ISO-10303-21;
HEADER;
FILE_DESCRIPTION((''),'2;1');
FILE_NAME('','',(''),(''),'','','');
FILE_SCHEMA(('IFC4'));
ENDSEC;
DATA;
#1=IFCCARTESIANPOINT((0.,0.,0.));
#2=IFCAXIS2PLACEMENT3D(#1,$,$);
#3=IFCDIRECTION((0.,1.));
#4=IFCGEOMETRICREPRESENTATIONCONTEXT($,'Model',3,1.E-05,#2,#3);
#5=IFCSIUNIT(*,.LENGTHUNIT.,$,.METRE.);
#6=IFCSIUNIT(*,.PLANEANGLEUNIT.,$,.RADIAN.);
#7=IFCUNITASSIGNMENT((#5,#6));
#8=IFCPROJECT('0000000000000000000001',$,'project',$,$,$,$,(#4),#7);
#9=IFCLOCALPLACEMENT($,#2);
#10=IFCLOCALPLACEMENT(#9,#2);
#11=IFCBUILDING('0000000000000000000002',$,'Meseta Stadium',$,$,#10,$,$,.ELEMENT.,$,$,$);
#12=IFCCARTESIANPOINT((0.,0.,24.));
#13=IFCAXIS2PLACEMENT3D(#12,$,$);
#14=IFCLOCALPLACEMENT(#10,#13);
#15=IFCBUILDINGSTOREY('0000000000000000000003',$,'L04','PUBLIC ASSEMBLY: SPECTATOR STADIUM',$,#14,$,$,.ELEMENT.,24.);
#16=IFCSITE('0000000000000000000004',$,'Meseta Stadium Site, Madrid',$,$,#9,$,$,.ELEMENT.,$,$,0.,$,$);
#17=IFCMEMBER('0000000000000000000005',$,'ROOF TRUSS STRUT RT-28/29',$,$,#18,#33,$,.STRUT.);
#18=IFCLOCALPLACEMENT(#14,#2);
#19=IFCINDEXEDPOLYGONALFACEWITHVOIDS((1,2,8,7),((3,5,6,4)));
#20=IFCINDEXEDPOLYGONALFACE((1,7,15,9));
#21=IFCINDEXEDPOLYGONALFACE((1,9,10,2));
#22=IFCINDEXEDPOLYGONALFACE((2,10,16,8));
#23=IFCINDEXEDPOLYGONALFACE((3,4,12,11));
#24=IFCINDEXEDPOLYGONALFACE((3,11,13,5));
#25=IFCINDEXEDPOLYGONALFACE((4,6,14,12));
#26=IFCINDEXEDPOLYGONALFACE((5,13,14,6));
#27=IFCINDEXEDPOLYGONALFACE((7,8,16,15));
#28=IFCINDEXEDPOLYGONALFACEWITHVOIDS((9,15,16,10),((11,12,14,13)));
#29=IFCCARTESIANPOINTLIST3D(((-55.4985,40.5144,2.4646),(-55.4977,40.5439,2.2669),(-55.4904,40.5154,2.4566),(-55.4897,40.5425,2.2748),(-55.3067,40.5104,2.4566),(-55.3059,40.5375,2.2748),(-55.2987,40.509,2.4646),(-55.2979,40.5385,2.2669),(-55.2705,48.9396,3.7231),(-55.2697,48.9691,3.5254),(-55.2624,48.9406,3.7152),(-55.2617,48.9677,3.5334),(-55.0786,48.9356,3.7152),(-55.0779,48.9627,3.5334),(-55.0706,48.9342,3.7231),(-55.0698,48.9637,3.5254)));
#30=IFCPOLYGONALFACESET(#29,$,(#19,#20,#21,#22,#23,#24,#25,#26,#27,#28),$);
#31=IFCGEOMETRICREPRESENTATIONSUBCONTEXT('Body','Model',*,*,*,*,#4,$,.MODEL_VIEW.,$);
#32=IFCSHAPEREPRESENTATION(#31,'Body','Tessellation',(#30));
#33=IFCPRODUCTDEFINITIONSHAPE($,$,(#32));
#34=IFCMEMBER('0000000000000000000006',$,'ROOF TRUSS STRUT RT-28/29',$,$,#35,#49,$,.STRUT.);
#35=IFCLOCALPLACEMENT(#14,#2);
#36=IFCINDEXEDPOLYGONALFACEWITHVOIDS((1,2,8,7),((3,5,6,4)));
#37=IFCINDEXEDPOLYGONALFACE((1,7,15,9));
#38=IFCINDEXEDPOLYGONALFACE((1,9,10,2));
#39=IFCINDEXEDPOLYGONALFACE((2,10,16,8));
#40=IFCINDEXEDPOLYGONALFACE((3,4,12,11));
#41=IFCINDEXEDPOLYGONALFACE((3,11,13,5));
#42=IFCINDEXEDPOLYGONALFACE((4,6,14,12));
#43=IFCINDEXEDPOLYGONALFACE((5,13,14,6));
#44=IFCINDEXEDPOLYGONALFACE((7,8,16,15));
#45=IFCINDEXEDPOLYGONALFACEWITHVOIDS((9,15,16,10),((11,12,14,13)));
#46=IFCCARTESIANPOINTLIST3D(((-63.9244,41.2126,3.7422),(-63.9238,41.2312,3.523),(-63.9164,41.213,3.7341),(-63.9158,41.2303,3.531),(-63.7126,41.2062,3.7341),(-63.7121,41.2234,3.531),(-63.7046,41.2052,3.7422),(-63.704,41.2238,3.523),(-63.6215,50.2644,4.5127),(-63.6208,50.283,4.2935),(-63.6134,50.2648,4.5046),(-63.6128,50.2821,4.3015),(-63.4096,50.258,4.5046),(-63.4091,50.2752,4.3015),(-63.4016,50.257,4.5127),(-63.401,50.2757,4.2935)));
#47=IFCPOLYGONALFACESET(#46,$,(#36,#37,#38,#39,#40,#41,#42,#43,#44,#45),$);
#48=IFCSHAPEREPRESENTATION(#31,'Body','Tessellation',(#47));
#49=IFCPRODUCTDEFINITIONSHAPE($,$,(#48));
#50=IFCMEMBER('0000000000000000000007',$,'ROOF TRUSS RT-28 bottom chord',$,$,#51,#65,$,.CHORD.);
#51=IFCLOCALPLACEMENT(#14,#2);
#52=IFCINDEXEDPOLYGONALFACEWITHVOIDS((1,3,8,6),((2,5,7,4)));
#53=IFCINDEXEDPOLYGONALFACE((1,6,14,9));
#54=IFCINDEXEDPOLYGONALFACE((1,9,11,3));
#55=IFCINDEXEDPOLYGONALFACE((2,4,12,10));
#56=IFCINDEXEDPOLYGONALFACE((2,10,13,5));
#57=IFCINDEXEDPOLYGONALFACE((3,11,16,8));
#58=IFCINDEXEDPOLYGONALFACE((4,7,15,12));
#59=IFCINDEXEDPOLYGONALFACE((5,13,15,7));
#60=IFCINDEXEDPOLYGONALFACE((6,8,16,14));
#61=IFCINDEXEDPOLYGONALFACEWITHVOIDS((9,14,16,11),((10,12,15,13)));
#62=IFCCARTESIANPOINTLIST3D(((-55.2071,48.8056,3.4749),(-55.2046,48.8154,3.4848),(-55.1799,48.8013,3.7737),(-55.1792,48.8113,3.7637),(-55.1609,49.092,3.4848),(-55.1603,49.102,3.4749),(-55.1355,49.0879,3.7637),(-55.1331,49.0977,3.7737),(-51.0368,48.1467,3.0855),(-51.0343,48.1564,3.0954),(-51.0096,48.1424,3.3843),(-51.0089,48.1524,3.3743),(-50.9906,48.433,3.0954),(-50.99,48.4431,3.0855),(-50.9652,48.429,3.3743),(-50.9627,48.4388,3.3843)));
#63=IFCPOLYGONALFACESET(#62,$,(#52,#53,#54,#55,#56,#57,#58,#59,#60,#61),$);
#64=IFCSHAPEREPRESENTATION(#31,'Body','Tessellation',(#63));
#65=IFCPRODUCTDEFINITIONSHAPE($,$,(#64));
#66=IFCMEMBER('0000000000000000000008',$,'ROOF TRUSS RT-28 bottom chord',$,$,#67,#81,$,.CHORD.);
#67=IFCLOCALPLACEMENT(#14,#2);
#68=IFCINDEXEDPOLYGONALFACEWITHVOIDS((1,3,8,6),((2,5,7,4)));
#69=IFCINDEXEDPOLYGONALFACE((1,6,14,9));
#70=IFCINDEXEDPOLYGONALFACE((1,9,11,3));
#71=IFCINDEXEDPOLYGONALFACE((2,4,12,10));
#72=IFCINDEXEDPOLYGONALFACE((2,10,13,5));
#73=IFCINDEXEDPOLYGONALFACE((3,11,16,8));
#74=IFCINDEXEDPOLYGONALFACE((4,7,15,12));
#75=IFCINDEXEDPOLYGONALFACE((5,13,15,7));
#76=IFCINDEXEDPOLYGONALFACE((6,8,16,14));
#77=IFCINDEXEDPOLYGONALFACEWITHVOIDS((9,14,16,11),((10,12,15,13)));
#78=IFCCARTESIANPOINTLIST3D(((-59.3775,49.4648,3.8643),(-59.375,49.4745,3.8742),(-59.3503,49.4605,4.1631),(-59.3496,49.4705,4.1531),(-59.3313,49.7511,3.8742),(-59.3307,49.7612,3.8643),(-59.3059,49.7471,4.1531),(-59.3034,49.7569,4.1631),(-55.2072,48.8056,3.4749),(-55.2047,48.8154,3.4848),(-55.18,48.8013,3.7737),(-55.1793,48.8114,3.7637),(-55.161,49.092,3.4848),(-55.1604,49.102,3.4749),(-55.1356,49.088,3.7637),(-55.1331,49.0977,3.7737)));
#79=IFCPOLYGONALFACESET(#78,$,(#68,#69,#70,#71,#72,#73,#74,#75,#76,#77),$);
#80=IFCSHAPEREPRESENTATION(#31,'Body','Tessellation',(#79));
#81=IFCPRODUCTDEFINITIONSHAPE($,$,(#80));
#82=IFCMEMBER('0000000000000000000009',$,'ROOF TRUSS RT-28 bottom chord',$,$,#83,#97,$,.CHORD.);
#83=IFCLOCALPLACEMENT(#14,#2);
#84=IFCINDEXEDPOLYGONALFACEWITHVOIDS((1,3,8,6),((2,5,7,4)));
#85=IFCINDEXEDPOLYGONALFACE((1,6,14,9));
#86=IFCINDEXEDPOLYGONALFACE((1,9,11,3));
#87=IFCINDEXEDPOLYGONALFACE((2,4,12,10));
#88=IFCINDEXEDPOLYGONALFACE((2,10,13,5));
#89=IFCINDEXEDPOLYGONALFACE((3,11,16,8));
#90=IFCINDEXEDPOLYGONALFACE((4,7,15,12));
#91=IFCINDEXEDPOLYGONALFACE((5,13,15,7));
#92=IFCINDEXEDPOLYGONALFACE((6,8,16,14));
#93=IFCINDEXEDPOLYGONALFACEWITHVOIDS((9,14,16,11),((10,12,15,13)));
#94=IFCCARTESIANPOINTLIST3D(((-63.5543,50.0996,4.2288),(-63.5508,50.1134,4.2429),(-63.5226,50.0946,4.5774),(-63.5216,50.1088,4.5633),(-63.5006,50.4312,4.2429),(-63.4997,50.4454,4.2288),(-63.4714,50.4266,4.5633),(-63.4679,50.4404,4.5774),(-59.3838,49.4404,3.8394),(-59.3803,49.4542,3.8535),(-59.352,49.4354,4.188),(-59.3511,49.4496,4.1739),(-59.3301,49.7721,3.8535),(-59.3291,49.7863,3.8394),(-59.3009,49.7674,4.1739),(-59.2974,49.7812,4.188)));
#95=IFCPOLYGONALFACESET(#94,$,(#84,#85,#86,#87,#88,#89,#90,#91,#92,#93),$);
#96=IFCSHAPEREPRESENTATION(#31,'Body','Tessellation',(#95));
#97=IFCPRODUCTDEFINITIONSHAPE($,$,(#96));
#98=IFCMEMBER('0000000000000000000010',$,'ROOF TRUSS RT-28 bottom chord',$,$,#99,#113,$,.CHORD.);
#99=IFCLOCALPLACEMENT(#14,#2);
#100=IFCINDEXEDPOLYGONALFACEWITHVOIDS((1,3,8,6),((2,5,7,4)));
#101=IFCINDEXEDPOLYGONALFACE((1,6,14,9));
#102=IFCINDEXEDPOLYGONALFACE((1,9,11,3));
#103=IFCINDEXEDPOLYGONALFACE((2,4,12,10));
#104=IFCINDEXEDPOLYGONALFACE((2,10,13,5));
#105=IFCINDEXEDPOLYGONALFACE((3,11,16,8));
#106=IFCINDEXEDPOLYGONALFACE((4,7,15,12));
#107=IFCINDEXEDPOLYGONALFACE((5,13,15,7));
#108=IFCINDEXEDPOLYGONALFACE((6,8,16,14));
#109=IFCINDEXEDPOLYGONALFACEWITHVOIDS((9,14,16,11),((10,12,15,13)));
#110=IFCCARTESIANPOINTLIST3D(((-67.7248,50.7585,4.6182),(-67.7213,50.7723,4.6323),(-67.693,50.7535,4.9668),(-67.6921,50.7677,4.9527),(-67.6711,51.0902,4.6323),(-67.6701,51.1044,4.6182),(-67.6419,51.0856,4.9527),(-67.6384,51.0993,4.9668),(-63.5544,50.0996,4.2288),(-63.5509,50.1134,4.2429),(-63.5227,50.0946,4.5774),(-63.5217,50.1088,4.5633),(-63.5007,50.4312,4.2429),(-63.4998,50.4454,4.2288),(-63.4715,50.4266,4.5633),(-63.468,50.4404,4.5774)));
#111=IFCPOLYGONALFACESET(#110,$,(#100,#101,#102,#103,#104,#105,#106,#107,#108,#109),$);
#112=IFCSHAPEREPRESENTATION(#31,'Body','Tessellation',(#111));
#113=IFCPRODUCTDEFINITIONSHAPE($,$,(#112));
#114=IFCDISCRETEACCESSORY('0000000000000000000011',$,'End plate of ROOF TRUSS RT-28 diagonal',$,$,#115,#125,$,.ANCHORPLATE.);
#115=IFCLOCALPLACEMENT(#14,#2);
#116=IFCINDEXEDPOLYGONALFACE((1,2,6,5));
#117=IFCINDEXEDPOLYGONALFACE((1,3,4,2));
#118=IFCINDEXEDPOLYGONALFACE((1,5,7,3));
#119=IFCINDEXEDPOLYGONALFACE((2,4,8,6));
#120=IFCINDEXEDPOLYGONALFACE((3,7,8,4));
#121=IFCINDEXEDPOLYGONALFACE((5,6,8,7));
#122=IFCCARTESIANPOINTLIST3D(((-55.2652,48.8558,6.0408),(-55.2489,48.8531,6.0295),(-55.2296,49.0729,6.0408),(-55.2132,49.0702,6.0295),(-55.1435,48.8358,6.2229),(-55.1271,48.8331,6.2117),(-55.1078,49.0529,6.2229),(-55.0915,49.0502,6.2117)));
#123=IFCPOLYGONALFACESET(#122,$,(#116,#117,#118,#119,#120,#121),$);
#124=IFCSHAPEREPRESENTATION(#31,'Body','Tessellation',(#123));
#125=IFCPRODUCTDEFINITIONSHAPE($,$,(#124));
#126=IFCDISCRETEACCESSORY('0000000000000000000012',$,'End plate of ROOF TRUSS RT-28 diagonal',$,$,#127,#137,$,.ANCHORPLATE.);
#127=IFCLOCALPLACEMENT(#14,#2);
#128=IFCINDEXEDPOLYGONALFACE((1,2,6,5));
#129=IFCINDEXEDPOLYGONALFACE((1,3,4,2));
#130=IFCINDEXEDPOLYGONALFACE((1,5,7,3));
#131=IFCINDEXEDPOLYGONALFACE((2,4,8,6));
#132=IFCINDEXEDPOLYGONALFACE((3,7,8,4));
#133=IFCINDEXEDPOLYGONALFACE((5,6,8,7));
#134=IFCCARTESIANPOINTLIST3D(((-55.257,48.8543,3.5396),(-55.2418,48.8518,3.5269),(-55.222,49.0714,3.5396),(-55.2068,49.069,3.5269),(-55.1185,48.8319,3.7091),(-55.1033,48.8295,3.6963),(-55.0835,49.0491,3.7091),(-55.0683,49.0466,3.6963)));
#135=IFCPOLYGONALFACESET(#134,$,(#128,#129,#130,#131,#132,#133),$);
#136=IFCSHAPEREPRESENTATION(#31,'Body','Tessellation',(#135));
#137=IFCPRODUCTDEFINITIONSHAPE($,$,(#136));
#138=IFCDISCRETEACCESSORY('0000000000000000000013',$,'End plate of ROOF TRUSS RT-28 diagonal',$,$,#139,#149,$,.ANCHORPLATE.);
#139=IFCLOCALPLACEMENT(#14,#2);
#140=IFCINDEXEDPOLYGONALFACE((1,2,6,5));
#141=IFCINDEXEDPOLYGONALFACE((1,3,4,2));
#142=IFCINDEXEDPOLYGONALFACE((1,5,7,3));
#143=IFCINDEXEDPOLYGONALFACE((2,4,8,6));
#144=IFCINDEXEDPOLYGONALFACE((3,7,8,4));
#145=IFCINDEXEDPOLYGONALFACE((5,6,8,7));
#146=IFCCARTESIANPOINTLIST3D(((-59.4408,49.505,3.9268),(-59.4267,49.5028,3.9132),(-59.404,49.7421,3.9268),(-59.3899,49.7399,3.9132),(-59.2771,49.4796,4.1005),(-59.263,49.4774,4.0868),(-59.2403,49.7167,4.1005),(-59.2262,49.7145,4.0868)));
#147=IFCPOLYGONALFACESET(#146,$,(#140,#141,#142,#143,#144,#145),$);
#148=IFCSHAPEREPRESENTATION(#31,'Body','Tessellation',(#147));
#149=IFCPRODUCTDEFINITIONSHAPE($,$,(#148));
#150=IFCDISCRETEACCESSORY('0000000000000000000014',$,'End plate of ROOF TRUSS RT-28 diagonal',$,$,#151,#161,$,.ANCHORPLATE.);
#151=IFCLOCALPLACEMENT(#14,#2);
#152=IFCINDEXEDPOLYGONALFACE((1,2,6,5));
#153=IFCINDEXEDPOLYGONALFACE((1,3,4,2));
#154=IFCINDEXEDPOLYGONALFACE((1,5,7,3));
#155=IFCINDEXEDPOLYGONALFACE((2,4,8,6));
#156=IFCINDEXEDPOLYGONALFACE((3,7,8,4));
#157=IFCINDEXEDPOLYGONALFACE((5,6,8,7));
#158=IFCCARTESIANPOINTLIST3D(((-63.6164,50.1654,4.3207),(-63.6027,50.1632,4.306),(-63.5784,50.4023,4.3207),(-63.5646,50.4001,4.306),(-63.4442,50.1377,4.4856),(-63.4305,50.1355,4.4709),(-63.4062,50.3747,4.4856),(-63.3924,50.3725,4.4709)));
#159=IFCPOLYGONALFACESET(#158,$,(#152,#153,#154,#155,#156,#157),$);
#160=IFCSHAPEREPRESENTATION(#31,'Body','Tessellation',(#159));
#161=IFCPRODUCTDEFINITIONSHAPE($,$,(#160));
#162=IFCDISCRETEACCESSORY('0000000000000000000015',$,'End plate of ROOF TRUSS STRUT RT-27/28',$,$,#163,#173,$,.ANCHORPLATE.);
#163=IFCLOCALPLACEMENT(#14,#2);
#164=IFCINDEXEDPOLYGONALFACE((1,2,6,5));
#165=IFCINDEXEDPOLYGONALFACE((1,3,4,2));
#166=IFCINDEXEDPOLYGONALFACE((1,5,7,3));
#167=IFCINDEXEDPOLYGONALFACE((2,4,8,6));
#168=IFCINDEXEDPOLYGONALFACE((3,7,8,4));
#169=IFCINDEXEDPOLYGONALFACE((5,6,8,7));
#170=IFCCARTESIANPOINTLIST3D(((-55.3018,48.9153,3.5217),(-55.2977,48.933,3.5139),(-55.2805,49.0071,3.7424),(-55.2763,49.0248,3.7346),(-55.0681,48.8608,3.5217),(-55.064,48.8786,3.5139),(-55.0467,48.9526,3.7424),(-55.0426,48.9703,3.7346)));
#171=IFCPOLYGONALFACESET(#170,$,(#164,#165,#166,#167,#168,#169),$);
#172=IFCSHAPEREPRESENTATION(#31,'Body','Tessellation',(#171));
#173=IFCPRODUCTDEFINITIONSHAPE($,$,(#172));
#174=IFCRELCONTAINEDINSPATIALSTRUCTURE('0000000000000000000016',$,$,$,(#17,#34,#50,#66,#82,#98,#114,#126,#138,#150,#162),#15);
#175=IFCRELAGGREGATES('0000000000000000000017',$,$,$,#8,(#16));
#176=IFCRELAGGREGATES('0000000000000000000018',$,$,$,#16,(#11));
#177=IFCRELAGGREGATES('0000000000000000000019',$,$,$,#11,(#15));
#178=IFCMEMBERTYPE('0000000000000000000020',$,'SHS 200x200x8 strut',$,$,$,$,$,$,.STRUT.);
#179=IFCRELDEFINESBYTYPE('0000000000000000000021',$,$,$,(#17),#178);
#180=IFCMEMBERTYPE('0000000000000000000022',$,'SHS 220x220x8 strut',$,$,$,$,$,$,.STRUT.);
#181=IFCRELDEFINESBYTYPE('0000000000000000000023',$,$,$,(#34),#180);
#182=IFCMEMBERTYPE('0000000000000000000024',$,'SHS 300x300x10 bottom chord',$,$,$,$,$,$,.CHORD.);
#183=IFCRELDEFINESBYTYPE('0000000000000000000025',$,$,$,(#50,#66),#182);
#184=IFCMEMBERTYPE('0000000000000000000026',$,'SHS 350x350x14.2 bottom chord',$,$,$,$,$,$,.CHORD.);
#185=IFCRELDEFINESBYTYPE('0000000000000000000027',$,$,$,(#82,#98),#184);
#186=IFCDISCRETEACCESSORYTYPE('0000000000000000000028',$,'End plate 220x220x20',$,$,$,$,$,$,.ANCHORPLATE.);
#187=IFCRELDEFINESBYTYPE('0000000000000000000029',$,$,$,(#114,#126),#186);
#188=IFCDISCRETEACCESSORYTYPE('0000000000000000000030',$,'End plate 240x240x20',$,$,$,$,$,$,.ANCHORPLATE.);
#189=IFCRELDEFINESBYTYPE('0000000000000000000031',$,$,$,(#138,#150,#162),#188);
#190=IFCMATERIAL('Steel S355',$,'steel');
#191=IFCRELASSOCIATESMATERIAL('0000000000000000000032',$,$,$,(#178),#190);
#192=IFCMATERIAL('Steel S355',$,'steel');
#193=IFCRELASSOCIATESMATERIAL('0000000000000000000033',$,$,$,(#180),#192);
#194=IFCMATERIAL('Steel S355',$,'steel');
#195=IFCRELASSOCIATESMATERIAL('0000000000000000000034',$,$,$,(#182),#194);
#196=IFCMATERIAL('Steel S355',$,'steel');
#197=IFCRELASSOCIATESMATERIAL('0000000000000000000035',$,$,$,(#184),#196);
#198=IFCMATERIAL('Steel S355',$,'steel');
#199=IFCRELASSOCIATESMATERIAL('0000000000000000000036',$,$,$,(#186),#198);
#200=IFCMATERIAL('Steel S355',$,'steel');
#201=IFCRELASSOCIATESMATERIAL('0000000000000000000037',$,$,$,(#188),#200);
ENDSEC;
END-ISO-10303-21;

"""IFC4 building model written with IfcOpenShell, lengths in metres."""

from ifc_helpers import new_model, si_unit, direction, frame, origin, origin_2d, place, context, subcontext, project, spatial, rectangle, hollow_rectangle, extrude, material, material_profile, profile_set, type_object, element, save


model = new_model("IFC4")

# Units and contexts
model_context = context("Model", 3, precision=1e-05, world=origin(), true_north=direction((0.0, 1.0)))
body_context = subcontext(model_context, "Body", "Model", "MODEL_VIEW")
ifc_project = project(units=[si_unit("LENGTHUNIT", "METRE"), si_unit("PLANEANGLEUNIT", "RADIAN")], contexts=[model_context])

# Site, building, storey
site_placement = place(None, origin())
site = spatial("IfcSite", under=ifc_project, at=site_placement, Name="Meseta Stadium Site, Madrid", CompositionType="ELEMENT", RefElevation=0.0)
building_placement = place(site_placement, origin())
building = spatial("IfcBuilding", under=site, at=building_placement, Name="Meseta Stadium", CompositionType="ELEMENT")
storey_placement = place(building_placement, frame((0.0, 0.0, 24.0)))
storey = spatial("IfcBuildingStorey", under=building, at=storey_placement, Name="L04", Description="PUBLIC ASSEMBLY: SPECTATOR STADIUM", CompositionType="ELEMENT", Elevation=24.0)

# Members
ifc_material_1 = material(Name="Steel S355", Category="steel")
ifc_material_profile_1 = material_profile(ifc_material_1, hollow_rectangle(XDim=0.2, YDim=0.2, WallThickness=0.0081, at=origin_2d()), Name="SHS 200x200x8")
ifc_profile_set_1 = profile_set([ifc_material_profile_1], Name="Steel S355")
member_type_1 = type_object("IfcMemberType", Name="SHS 200x200x8 strut", PredefinedType="STRUT", material=ifc_profile_set_1)
member_1_placement = place(storey_placement, frame((-55.1702, 48.9517, 3.6243), z_axis=(-0.026758, -0.988672, -0.147685), x_axis=(0.999634, -0.027055, 0.0)))
element("IfcMember", 1, at=member_1_placement, inside=storey, type_object=member_type_1, Name="ROOF TRUSS STRUT RT-28/29", PredefinedType="STRUT", context=body_context, shape_type="SweptSolid", body=[
    extrude(hollow_rectangle(XDim=0.2, YDim=0.2, WallThickness=0.0081, at=origin_2d()), origin(), (0.0, 0.0, 1.0), 8.5217),
])
ifc_material_2 = material(Name="Steel S355", Category="steel")
ifc_material_profile_2 = material_profile(ifc_material_2, hollow_rectangle(XDim=0.22, YDim=0.22, WallThickness=0.0081, at=origin_2d()), Name="SHS 220x220x8")
ifc_profile_set_2 = profile_set([ifc_material_profile_2], Name="Steel S355")
member_type_2 = type_object("IfcMemberType", Name="SHS 220x220x8 strut", PredefinedType="STRUT", material=ifc_profile_set_2)
member_2_placement = place(storey_placement, frame((-63.5112, 50.27, 4.4031), z_axis=(-0.033333, -0.995843, -0.084769), x_axis=(0.99944, -0.033453, 0.0)))
element("IfcMember", 2, at=member_2_placement, inside=storey, type_object=member_type_2, Name="ROOF TRUSS STRUT RT-28/29", PredefinedType="STRUT", context=body_context, shape_type="SweptSolid", body=[
    extrude(hollow_rectangle(XDim=0.22, YDim=0.22, WallThickness=0.0081, at=origin_2d()), origin(), (0.0, 0.0, 1.0), 9.0896),
])
ifc_material_3 = material(Name="Steel S355", Category="steel")
ifc_material_profile_3 = material_profile(ifc_material_3, hollow_rectangle(XDim=0.3, YDim=0.3, WallThickness=0.01, at=origin_2d()), Name="SHS 300x300x10")
ifc_profile_set_3 = profile_set([ifc_material_profile_3], Name="Steel S355")
member_type_3 = type_object("IfcMemberType", Name="SHS 300x300x10 bottom chord", PredefinedType="CHORD", material=ifc_profile_set_3)
for number, where, z_axis, x_axis, name in (
    (3, (-50.9998, 48.2927, 3.2349), (-0.983572, 0.155407, 0.091839), (-0.156066, -0.987747, 0.0), "ROOF TRUSS RT-28 bottom chord"),
    (4, (-55.1702, 48.9517, 3.6243), (-0.983563, 0.155463, 0.091838), (-0.156123, -0.987738, 0.0), "ROOF TRUSS RT-28 bottom chord"),
):
    element("IfcMember", number, at=place(storey_placement, frame(where, z_axis=z_axis, x_axis=x_axis)), inside=storey, type_object=member_type_3, Name=name, PredefinedType="CHORD", context=body_context, shape_type="SweptSolid", body=[
        extrude(hollow_rectangle(XDim=0.3, YDim=0.3, WallThickness=0.01, at=origin_2d()), origin(), (0.0, 0.0, 1.0), 4.24),
    ])
ifc_material_4 = material(Name="Steel S355", Category="steel")
ifc_material_profile_4 = material_profile(ifc_material_4, hollow_rectangle(XDim=0.3501, YDim=0.3501, WallThickness=0.0142, at=origin_2d()), Name="SHS 350x350x14.2")
ifc_profile_set_4 = profile_set([ifc_material_profile_4], Name="Steel S355")
member_type_4 = type_object("IfcMemberType", Name="SHS 350x350x14.2 bottom chord", PredefinedType="CHORD", material=ifc_profile_set_4)
member_3_placement = place(storey_placement, frame((-59.3406, 49.6108, 4.0137), z_axis=(-0.983565, 0.155454, 0.091833), x_axis=(-0.156114, -0.987739, 0.0)))
element("IfcMember", 5, at=member_3_placement, inside=storey, type_object=member_type_4, Name="ROOF TRUSS RT-28 bottom chord", PredefinedType="CHORD", context=body_context, shape_type="SweptSolid", body=[
    extrude(hollow_rectangle(XDim=0.3501, YDim=0.3501, WallThickness=0.0142, at=origin_2d()), origin(), (0.0, 0.0, 1.0), 4.2402),
])
member_4_placement = place(storey_placement, frame((-63.5112, 50.27, 4.4031), z_axis=(-0.983572, 0.155407, 0.091839), x_axis=(-0.156066, -0.987747, 0.0)))
element("IfcMember", 6, at=member_4_placement, inside=storey, type_object=member_type_4, Name="ROOF TRUSS RT-28 bottom chord", PredefinedType="CHORD", context=body_context, shape_type="SweptSolid", body=[
    extrude(hollow_rectangle(XDim=0.3501, YDim=0.3501, WallThickness=0.0142, at=origin_2d()), origin(), (0.0, 0.0, 1.0), 4.24),
])

# Discrete accessories
ifc_material_5 = material(Name="Steel S355", Category="steel")
ifc_material_profile_5 = material_profile(ifc_material_5, rectangle(XDim=0.22, YDim=0.22, at=origin_2d()), Name="PL 220x220")
ifc_profile_set_5 = profile_set([ifc_material_profile_5], Name="Steel S355")
discrete_accessory_type_1 = type_object("IfcDiscreteAccessoryType", Name="End plate 220x220x20", PredefinedType="ANCHORPLATE", material=ifc_profile_set_5)
for number, where, z_axis, x_axis, name in (
    (7, (-55.1702, 48.9517, 6.1206), (-0.816952, 0.134126, 0.560892), (-0.16201, -0.986789, 0.0), "End plate of ROOF TRUSS RT-28 diagonal"),
    (8, (-55.155, 48.9492, 3.6116), (-0.760407, 0.122646, 0.637761), (-0.159232, -0.987241, 0.0), "End plate of ROOF TRUSS RT-28 diagonal"),
):
    element("IfcDiscreteAccessory", number, at=place(storey_placement, frame(where, z_axis=z_axis, x_axis=x_axis)), inside=storey, type_object=discrete_accessory_type_1, Name=name, PredefinedType="ANCHORPLATE", context=body_context, shape_type="SweptSolid", body=[
        extrude(rectangle(XDim=0.22, YDim=0.22, at=origin_2d()), origin(), (0.0, 0.0, 1.0), 0.02),
    ])
ifc_material_6 = material(Name="Steel S355", Category="steel")
ifc_material_profile_6 = material_profile(ifc_material_6, rectangle(XDim=0.24, YDim=0.24, at=origin_2d()), Name="PL 240x240")
ifc_profile_set_6 = profile_set([ifc_material_profile_6], Name="Steel S355")
discrete_accessory_type_2 = type_object("IfcDiscreteAccessoryType", Name="End plate 240x240x20", PredefinedType="ANCHORPLATE", material=ifc_profile_set_6)
discrete_accessory_1_placement = place(storey_placement, frame((-59.3264, 49.6086, 4.0), z_axis=(-0.71496, 0.110942, 0.690307), x_axis=(-0.153337, -0.988174, 0.0)))
element("IfcDiscreteAccessory", 9, at=discrete_accessory_1_placement, inside=storey, type_object=discrete_accessory_type_2, Name="End plate of ROOF TRUSS RT-28 diagonal", PredefinedType="ANCHORPLATE", context=body_context, shape_type="SweptSolid", body=[
    extrude(rectangle(XDim=0.24, YDim=0.24, at=origin_2d()), origin(), (0.0, 0.0, 1.0), 0.0198),
])
discrete_accessory_2_placement = place(storey_placement, frame((-63.4976, 50.2678, 4.3884), z_axis=(-0.678252, 0.109005, 0.726699), x_axis=(-0.158678, -0.98733, 0.0)))
element("IfcDiscreteAccessory", 10, at=discrete_accessory_2_placement, inside=storey, type_object=discrete_accessory_type_2, Name="End plate of ROOF TRUSS RT-28 diagonal", PredefinedType="ANCHORPLATE", context=body_context, shape_type="SweptSolid", body=[
    extrude(rectangle(XDim=0.24, YDim=0.24, at=origin_2d()), origin(), (0.0, 0.0, 1.0), 0.0203),
])
discrete_accessory_3_placement = place(storey_placement, frame((-55.1702, 48.9517, 3.6243), z_axis=(-0.208593, -0.895722, 0.392645), x_axis=(0.97394, -0.226808, 0.0)))
element("IfcDiscreteAccessory", 11, at=discrete_accessory_3_placement, inside=storey, type_object=discrete_accessory_type_2, Name="End plate of ROOF TRUSS STRUT RT-27/28", PredefinedType="ANCHORPLATE", context=body_context, shape_type="SweptSolid", body=[
    extrude(rectangle(XDim=0.24, YDim=0.24, at=origin_2d()), origin(), (0.0, 0.0, 1.0), 0.0198),
])

save(model, "model.ifc")
